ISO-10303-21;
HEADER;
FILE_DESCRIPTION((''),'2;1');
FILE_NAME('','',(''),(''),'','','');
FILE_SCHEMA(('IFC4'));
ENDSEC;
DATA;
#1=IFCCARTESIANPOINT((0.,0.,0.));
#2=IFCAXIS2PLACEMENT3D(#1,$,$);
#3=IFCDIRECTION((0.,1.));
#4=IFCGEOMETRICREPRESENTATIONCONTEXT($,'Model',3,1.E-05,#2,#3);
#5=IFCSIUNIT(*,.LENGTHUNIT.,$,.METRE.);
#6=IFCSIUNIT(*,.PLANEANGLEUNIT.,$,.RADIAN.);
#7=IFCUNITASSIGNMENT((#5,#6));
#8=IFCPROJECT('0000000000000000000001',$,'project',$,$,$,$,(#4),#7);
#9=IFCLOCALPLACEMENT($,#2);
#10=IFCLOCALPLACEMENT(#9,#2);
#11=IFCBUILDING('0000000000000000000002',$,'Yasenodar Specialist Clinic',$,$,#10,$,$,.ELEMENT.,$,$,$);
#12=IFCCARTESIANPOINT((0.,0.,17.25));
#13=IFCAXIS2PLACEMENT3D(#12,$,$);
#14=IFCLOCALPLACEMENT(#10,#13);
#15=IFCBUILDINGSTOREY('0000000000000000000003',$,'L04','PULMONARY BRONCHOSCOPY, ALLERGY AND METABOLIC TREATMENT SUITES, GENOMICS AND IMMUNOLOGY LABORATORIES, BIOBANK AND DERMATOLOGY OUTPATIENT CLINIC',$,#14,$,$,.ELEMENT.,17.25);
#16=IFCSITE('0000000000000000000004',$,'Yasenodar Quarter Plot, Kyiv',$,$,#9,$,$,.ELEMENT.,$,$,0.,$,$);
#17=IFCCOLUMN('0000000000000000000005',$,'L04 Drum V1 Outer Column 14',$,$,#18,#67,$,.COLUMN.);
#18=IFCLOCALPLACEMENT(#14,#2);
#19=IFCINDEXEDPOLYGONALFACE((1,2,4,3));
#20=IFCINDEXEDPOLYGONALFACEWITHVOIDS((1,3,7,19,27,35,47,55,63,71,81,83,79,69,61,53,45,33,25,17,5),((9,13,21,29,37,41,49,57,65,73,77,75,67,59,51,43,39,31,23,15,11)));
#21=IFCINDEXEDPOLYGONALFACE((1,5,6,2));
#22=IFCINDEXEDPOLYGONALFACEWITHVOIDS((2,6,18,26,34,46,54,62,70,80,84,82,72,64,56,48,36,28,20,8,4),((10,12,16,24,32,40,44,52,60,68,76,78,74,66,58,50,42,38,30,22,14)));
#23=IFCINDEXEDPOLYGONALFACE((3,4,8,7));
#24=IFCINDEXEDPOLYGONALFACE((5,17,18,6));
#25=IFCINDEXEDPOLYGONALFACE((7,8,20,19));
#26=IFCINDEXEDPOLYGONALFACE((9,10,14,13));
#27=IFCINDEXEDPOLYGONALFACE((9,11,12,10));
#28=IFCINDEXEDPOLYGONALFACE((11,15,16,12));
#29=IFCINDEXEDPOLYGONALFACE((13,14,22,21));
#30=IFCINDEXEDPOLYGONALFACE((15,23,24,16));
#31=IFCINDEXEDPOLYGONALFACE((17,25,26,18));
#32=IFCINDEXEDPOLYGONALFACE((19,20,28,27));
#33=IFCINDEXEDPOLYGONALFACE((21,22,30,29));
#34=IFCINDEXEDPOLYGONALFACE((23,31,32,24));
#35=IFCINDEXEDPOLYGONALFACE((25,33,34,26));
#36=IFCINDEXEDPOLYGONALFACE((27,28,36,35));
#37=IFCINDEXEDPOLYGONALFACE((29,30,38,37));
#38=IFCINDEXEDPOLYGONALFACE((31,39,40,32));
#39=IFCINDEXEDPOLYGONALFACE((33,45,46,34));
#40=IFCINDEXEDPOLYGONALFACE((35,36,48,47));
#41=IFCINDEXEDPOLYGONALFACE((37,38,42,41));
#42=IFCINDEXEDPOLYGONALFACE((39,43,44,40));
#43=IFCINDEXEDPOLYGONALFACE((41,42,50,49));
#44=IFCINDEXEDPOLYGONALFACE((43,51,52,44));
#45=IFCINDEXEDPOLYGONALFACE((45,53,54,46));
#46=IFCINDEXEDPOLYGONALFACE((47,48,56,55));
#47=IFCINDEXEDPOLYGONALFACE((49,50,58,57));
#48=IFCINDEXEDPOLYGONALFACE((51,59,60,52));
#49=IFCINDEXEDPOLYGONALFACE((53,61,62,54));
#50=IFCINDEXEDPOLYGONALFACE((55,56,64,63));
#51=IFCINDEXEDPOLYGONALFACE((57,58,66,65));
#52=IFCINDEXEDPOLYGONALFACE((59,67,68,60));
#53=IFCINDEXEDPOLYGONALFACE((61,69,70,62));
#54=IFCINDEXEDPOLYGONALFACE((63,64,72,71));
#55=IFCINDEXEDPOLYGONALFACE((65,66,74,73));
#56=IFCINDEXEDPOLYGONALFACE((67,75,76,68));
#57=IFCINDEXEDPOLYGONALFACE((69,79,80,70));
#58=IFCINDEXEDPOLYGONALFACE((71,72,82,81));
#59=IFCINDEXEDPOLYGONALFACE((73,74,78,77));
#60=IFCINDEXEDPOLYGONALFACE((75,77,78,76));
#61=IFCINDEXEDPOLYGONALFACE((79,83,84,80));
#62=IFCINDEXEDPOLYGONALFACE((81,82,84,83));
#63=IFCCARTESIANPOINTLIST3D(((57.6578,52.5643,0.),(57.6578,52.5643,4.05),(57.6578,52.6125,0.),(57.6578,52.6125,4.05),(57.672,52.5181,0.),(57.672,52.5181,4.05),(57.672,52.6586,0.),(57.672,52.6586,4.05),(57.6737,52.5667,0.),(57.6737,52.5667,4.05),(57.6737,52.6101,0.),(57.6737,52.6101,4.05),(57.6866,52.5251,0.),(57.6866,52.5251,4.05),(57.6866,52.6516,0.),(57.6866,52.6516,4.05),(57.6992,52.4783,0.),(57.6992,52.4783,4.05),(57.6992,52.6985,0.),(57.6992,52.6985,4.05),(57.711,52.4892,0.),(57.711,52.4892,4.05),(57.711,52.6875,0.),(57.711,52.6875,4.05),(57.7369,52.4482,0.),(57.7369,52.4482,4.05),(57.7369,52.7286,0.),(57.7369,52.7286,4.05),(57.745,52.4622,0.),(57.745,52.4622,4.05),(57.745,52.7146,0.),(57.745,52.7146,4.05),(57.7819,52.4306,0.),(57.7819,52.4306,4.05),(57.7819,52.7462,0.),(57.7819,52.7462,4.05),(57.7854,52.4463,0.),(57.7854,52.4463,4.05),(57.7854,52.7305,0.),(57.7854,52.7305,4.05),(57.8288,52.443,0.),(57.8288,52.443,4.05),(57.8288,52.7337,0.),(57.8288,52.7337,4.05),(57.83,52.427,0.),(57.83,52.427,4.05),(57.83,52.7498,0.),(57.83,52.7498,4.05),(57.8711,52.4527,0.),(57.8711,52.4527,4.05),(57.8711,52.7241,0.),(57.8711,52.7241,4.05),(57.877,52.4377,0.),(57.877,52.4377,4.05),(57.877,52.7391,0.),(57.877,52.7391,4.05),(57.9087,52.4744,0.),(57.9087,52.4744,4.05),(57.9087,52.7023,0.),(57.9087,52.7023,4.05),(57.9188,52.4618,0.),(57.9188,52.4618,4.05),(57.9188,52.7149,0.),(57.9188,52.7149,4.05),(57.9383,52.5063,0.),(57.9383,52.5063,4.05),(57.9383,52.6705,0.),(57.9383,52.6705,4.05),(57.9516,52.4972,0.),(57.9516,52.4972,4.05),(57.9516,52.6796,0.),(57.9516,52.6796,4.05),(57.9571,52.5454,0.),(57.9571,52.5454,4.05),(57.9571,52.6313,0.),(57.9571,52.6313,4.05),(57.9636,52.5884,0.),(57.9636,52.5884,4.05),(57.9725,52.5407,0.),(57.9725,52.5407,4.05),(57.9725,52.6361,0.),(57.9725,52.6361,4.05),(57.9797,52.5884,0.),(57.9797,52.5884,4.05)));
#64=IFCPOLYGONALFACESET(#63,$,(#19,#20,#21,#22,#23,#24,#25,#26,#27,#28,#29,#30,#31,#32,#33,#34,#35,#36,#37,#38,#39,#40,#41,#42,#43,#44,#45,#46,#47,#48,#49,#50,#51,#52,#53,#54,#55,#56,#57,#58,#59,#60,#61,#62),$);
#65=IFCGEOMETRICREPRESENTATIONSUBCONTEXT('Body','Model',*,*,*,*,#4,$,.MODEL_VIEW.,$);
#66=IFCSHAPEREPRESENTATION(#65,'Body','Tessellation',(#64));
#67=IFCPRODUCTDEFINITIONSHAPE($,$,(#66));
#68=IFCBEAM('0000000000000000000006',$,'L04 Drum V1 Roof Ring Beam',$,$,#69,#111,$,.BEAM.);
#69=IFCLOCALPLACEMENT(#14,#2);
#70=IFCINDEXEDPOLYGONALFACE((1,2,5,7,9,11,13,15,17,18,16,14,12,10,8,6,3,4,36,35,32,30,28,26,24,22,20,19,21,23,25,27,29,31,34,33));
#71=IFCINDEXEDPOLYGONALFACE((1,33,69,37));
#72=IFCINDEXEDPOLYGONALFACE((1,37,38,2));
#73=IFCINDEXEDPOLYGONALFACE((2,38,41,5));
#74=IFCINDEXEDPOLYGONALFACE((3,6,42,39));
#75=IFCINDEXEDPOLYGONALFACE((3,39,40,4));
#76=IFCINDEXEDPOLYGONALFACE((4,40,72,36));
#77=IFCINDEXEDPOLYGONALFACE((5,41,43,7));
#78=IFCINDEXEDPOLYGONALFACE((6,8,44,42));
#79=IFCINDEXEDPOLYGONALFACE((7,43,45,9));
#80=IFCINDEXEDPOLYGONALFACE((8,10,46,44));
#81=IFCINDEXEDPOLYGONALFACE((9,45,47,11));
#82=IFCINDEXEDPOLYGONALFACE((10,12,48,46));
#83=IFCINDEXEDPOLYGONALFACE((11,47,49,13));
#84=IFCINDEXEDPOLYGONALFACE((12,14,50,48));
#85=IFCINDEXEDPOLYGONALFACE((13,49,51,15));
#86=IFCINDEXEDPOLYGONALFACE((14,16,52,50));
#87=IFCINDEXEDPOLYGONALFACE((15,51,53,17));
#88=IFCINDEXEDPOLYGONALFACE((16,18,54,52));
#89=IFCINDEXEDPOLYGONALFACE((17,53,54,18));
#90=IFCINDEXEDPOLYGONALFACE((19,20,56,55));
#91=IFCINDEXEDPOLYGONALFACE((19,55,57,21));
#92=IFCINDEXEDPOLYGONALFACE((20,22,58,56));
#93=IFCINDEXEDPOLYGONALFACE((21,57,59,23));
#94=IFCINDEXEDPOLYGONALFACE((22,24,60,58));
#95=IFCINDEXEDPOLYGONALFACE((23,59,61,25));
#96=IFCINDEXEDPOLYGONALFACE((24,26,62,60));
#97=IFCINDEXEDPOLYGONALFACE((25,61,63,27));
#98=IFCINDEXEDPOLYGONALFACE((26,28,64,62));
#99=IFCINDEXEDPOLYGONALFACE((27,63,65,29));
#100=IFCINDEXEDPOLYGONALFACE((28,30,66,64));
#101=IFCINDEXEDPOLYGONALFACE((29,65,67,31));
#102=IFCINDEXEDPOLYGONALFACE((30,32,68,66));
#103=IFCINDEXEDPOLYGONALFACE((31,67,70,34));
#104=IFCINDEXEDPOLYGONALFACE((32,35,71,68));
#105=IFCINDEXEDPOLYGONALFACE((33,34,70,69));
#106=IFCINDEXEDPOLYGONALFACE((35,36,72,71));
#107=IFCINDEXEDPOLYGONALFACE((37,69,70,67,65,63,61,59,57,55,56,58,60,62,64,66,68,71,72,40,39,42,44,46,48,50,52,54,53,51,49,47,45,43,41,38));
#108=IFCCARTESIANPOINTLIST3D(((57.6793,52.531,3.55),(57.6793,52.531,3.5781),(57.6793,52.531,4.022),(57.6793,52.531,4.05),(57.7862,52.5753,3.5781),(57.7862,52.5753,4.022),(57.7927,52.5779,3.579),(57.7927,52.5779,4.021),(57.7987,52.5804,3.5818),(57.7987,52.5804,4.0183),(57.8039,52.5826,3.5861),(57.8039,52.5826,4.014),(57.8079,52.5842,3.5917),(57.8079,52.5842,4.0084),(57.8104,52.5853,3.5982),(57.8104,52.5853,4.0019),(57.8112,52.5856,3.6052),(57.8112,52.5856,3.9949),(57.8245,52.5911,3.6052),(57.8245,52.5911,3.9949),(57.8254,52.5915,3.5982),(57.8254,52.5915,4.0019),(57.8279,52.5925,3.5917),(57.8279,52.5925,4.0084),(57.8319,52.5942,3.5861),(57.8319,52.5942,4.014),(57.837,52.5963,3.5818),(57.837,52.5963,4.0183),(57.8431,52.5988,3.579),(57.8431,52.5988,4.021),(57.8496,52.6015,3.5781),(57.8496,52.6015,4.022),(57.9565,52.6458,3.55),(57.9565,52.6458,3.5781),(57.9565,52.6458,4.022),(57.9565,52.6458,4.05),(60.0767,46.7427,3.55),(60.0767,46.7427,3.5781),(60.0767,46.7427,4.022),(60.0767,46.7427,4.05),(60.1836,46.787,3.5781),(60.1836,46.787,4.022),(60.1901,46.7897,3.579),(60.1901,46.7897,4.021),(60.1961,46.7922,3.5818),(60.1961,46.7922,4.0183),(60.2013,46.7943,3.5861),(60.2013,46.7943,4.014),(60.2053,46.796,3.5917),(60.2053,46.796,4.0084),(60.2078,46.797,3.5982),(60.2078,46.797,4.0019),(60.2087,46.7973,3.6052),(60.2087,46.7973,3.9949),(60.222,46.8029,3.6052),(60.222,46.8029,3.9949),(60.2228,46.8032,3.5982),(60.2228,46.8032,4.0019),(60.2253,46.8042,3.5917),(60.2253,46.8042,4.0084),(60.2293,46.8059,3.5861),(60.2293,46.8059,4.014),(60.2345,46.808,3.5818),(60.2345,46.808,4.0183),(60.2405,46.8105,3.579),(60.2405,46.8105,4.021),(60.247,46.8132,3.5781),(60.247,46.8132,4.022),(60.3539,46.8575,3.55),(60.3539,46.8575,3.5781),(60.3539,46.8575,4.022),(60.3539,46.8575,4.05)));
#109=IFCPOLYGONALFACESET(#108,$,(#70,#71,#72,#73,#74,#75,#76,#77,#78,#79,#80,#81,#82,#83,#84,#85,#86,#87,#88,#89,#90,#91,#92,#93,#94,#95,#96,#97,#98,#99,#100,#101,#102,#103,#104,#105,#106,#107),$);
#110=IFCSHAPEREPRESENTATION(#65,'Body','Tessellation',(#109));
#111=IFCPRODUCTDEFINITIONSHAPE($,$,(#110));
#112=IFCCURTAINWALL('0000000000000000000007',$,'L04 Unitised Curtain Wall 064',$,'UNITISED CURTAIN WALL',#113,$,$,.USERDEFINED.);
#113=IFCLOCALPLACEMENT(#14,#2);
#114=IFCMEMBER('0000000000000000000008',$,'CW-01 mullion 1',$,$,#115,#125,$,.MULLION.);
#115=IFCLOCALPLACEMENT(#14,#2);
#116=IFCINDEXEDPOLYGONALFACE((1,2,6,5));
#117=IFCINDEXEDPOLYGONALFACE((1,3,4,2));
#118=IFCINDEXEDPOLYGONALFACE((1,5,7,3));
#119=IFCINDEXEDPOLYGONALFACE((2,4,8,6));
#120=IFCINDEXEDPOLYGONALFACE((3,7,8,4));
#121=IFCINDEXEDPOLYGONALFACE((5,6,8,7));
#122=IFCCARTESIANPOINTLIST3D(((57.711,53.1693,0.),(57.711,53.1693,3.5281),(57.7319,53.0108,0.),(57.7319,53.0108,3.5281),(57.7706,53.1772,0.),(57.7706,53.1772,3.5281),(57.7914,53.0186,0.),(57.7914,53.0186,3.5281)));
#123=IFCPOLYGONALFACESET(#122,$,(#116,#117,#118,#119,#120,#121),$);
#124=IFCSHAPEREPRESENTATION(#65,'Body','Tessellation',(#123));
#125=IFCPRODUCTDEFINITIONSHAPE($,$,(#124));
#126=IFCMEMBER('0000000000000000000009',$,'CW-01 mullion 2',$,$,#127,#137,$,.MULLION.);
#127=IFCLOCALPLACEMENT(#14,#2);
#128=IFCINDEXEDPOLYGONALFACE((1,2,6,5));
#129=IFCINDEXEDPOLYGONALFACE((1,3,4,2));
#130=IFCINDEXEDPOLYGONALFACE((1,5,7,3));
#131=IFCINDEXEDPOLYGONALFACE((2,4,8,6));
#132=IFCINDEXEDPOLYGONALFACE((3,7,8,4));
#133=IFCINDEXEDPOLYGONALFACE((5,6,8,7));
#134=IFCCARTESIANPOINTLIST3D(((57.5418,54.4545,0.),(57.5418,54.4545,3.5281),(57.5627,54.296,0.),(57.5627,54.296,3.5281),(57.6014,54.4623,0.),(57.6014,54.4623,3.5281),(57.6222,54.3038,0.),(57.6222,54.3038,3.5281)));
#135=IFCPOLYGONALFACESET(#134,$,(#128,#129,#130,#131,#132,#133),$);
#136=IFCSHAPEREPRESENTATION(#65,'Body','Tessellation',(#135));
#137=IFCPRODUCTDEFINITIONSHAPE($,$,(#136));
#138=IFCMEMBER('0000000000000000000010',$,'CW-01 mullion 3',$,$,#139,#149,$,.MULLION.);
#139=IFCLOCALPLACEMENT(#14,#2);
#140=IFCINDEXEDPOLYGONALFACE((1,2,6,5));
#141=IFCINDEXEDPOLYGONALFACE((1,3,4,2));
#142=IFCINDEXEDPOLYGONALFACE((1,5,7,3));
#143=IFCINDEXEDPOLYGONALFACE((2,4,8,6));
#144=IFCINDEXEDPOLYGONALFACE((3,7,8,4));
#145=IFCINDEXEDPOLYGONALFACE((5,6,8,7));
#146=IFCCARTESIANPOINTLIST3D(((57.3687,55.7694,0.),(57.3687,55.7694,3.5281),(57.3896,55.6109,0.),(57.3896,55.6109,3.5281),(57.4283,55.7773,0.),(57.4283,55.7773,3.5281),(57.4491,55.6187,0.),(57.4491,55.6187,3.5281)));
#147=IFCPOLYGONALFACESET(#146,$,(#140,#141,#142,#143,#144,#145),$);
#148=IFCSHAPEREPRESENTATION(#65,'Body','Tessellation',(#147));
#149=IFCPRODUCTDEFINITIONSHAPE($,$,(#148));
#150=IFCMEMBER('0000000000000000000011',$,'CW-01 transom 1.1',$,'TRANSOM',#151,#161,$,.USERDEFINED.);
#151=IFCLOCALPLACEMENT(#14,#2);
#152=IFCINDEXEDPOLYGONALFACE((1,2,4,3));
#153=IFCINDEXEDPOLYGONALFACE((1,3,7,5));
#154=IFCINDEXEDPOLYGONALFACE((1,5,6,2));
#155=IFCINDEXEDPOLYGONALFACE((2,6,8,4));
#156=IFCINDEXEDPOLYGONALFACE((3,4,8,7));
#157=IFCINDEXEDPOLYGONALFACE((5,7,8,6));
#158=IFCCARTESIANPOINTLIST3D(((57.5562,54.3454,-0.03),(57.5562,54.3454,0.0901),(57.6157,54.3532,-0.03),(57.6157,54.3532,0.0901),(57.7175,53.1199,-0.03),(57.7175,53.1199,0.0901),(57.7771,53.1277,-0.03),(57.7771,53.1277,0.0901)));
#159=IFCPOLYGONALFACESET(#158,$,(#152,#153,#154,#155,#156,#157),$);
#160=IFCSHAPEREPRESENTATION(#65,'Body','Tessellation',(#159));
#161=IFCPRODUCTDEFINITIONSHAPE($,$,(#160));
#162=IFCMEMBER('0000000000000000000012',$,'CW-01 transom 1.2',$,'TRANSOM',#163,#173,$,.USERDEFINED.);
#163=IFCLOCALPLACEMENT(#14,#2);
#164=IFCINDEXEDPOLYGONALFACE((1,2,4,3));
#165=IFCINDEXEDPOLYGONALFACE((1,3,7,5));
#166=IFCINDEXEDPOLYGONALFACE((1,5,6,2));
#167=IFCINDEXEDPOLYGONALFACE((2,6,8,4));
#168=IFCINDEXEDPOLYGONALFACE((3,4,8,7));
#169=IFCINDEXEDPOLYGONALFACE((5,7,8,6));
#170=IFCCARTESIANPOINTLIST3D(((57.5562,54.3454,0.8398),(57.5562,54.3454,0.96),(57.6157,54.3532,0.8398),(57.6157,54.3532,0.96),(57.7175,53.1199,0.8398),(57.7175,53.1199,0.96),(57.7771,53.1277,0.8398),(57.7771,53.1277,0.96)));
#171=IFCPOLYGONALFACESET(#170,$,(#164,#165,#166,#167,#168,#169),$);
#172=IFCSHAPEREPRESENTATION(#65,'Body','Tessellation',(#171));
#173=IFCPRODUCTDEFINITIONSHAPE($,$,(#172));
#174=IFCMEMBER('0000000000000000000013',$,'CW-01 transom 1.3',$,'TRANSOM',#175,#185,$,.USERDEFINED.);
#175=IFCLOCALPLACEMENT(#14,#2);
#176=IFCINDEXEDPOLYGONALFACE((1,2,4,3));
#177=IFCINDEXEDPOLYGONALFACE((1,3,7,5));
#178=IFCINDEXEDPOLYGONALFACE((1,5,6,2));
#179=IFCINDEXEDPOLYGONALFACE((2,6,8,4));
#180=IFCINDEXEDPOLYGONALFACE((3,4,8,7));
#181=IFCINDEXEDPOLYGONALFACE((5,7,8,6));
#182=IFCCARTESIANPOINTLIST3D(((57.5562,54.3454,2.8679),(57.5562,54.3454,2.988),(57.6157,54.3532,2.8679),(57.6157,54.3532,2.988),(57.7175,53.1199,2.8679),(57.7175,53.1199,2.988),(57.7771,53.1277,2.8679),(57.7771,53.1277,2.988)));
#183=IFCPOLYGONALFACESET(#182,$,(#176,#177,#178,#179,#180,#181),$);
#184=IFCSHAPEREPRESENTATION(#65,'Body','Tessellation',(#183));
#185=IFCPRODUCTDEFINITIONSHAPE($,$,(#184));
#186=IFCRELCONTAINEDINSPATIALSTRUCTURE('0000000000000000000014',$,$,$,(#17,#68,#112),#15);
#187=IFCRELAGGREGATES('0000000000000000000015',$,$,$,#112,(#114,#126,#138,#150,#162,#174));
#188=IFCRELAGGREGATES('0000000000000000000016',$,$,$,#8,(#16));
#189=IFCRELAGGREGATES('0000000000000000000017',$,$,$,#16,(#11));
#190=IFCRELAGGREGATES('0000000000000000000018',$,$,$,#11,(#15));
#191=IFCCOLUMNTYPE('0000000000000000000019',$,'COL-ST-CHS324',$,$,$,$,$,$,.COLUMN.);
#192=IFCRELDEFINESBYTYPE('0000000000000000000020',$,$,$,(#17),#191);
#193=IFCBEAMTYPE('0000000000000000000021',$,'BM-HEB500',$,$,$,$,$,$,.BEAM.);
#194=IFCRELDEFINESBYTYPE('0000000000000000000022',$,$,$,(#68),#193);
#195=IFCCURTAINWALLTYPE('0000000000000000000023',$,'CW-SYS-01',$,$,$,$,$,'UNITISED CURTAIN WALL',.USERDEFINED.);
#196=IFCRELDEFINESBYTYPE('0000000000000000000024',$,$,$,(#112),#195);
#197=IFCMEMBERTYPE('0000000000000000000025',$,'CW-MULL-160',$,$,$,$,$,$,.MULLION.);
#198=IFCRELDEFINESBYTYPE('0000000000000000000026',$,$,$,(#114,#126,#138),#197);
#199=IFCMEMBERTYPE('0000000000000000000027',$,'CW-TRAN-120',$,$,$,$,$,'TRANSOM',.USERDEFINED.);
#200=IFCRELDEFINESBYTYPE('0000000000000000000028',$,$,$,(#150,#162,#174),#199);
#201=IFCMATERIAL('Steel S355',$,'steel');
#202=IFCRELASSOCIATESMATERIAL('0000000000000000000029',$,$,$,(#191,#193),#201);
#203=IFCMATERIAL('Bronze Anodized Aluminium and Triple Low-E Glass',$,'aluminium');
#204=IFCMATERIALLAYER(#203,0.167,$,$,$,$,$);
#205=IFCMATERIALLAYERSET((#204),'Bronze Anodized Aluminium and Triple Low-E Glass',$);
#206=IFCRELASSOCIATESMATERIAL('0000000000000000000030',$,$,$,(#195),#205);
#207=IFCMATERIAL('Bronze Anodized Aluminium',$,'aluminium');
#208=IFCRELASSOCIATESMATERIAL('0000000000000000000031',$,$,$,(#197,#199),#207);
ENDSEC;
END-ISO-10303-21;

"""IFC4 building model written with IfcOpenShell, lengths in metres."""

from ifc_helpers import new_model, si_unit, direction, frame, origin, origin_2d, place, context, subcontext, project, spatial, rectangle, hollow_circle, i_section, extrude, material, layer, layer_set, material_profile, profile_set, type_object, element, aggregate, save


model = new_model("IFC4")

# Units and contexts
model_context = context("Model", 3, precision=1e-05, world=origin(), true_north=direction((0.0, 1.0)))
body_context = subcontext(model_context, "Body", "Model", "MODEL_VIEW")
ifc_project = project(units=[si_unit("LENGTHUNIT", "METRE"), si_unit("PLANEANGLEUNIT", "RADIAN")], contexts=[model_context])

# Site, building, storey
site_placement = place(None, origin())
site = spatial("IfcSite", under=ifc_project, at=site_placement, Name="Yasenodar Quarter Plot, Kyiv", CompositionType="ELEMENT", RefElevation=0.0)
building_placement = place(site_placement, origin())
building = spatial("IfcBuilding", under=site, at=building_placement, Name="Yasenodar Specialist Clinic", CompositionType="ELEMENT")
storey_placement = place(building_placement, frame((0.0, 0.0, 17.25)))
storey = spatial("IfcBuildingStorey", under=building, at=storey_placement, Name="L04", Description="PULMONARY BRONCHOSCOPY, ALLERGY AND METABOLIC TREATMENT SUITES, GENOMICS AND IMMUNOLOGY LABORATORIES, BIOBANK AND DERMATOLOGY OUTPATIENT CLINIC", CompositionType="ELEMENT", Elevation=17.25)

# Column
ifc_material_1 = material(Name="Steel S355", Category="steel")
ifc_material_profile_1 = material_profile(ifc_material_1, hollow_circle(Radius=0.1619, WallThickness=0.0161, at=origin_2d()), Name="CHS 323.9x16")
ifc_profile_set_1 = profile_set([ifc_material_profile_1], Name="Steel S355")
column_type = type_object("IfcColumnType", Name="COL-ST-CHS324", PredefinedType="COLUMN", material=ifc_profile_set_1)
column_placement = place(storey_placement, frame((57.8179, 52.5884, 0.0), z_axis=(0.0, 0.0, 1.0), x_axis=(1.0, 0.0, 0.0)))
element("IfcColumn", 1, at=column_placement, inside=storey, type_object=column_type, Name="L04 Drum V1 Outer Column 14", PredefinedType="COLUMN", context=body_context, shape_type="SweptSolid", body=[
    extrude(hollow_circle(Radius=0.1619, WallThickness=0.0161, at=origin_2d()), origin(), (0.0, 0.0, 1.0), 4.05),
])

# Beam
ifc_material_profile_2 = material_profile(ifc_material_1, i_section(OverallWidth=0.3, OverallDepth=0.5, WebThickness=0.0144, FlangeThickness=0.0281, FilletRadius=0.0271, at=origin_2d()), Name="HEB 500")
ifc_profile_set_2 = profile_set([ifc_material_profile_2], Name="Steel S355")
beam_type = type_object("IfcBeamType", Name="BM-HEB500", PredefinedType="BEAM", material=ifc_profile_set_2)
beam_placement = place(storey_placement, frame((57.8179, 52.5884, 3.8), z_axis=(0.382664, -0.923888, 0.0), x_axis=(0.923888, 0.382664, 0.0)))
element("IfcBeam", 2, at=beam_placement, inside=storey, type_object=beam_type, Name="L04 Drum V1 Roof Ring Beam", PredefinedType="BEAM", context=body_context, shape_type="SweptSolid", body=[
    extrude(i_section(OverallWidth=0.3, OverallDepth=0.5, WebThickness=0.0144, FlangeThickness=0.0281, FilletRadius=0.0271, at=origin_2d()), origin(), (0.0, 0.0, 1.0), 6.2651),
])

# Curtain wall, members
ifc_material_2 = material(Name="Bronze Anodized Aluminium and Triple Low-E Glass", Category="aluminium")
ifc_layer_1 = layer(ifc_material_2, 0.167)
ifc_layer_set_1 = layer_set([ifc_layer_1], Name="Bronze Anodized Aluminium and Triple Low-E Glass")
curtain_wall_type = type_object("IfcCurtainWallType", Name="CW-SYS-01", ElementType="UNITISED CURTAIN WALL", PredefinedType="USERDEFINED", material=ifc_layer_set_1)
curtain_wall_placement = place(storey_placement, origin())
curtain_wall = element("IfcCurtainWall", 3, at=curtain_wall_placement, inside=storey, type_object=curtain_wall_type, Name="L04 Unitised Curtain Wall 064", ObjectType="UNITISED CURTAIN WALL", PredefinedType="USERDEFINED")
ifc_material_3 = material(Name="Bronze Anodized Aluminium", Category="aluminium")
ifc_material_profile_3 = material_profile(ifc_material_3, rectangle(XDim=0.0601, YDim=0.1599, at=origin_2d()), Name="CW-MULL 60x160")
ifc_profile_set_3 = profile_set([ifc_material_profile_3], Name="Bronze Anodized Aluminium")
member_type_1 = type_object("IfcMemberType", Name="CW-MULL-160", PredefinedType="MULLION", material=ifc_profile_set_3)
member_1_placement = place(storey_placement, frame((57.7512, 53.094, 0.0), z_axis=(0.0, 0.0, 1.0), x_axis=(-0.991447, -0.130512, 0.0)))
member_1 = element("IfcMember", 4, at=member_1_placement, type_object=member_type_1, Name="CW-01 mullion 1", PredefinedType="MULLION", context=body_context, shape_type="SweptSolid", body=[
    extrude(rectangle(XDim=0.0601, YDim=0.1599, at=origin_2d()), origin(), (0.0, 0.0, 1.0), 3.5281),
])
member_2_placement = place(storey_placement, frame((57.582, 54.3792, 0.0), z_axis=(0.0, 0.0, 1.0), x_axis=(-0.991447, -0.130512, 0.0)))
member_2 = element("IfcMember", 5, at=member_2_placement, type_object=member_type_1, Name="CW-01 mullion 2", PredefinedType="MULLION", context=body_context, shape_type="SweptSolid", body=[
    extrude(rectangle(XDim=0.0601, YDim=0.1599, at=origin_2d()), origin(), (0.0, 0.0, 1.0), 3.5281),
])
member_3_placement = place(storey_placement, frame((57.4089, 55.6941, 0.0), z_axis=(0.0, 0.0, 1.0), x_axis=(-0.991447, -0.130512, 0.0)))
member_3 = element("IfcMember", 6, at=member_3_placement, type_object=member_type_1, Name="CW-01 mullion 3", PredefinedType="MULLION", context=body_context, shape_type="SweptSolid", body=[
    extrude(rectangle(XDim=0.0601, YDim=0.1599, at=origin_2d()), origin(), (0.0, 0.0, 1.0), 3.5281),
])
ifc_material_profile_4 = material_profile(ifc_material_3, rectangle(XDim=0.0601, YDim=0.1201, at=origin_2d()), Name="CW-TRAN 60x120")
ifc_profile_set_4 = profile_set([ifc_material_profile_4], Name="Bronze Anodized Aluminium")
member_type_2 = type_object("IfcMemberType", Name="CW-TRAN-120", ElementType="TRANSOM", PredefinedType="USERDEFINED", material=ifc_profile_set_4)
member_4_placement = place(storey_placement, frame((57.7473, 53.1238, 0.03), z_axis=(-0.130546, 0.991442, 0.0), x_axis=(-0.991442, -0.130546, 0.0)))
member_4 = element("IfcMember", 7, at=member_4_placement, type_object=member_type_2, Name="CW-01 transom 1.1", ObjectType="TRANSOM", PredefinedType="USERDEFINED", context=body_context, shape_type="SweptSolid", body=[
    extrude(rectangle(XDim=0.0601, YDim=0.1201, at=origin_2d()), origin(), (0.0, 0.0, 1.0), 1.2361),
])
member_5_placement = place(storey_placement, frame((57.7473, 53.1238, 0.8999), z_axis=(-0.130546, 0.991442, 0.0), x_axis=(-0.991442, -0.130546, 0.0)))
member_5 = element("IfcMember", 8, at=member_5_placement, type_object=member_type_2, Name="CW-01 transom 1.2", ObjectType="TRANSOM", PredefinedType="USERDEFINED", context=body_context, shape_type="SweptSolid", body=[
    extrude(rectangle(XDim=0.0601, YDim=0.1201, at=origin_2d()), origin(), (0.0, 0.0, 1.0), 1.2361),
])
member_6_placement = place(storey_placement, frame((57.7473, 53.1238, 2.928), z_axis=(-0.130546, 0.991442, 0.0), x_axis=(-0.991442, -0.130546, 0.0)))
member_6 = element("IfcMember", 9, at=member_6_placement, type_object=member_type_2, Name="CW-01 transom 1.3", ObjectType="TRANSOM", PredefinedType="USERDEFINED", context=body_context, shape_type="SweptSolid", body=[
    extrude(rectangle(XDim=0.0601, YDim=0.1201, at=origin_2d()), origin(), (0.0, 0.0, 1.0), 1.2361),
])
aggregate(curtain_wall, [member_1, member_2, member_3, member_4, member_5, member_6])

save(model, "model.ifc")
